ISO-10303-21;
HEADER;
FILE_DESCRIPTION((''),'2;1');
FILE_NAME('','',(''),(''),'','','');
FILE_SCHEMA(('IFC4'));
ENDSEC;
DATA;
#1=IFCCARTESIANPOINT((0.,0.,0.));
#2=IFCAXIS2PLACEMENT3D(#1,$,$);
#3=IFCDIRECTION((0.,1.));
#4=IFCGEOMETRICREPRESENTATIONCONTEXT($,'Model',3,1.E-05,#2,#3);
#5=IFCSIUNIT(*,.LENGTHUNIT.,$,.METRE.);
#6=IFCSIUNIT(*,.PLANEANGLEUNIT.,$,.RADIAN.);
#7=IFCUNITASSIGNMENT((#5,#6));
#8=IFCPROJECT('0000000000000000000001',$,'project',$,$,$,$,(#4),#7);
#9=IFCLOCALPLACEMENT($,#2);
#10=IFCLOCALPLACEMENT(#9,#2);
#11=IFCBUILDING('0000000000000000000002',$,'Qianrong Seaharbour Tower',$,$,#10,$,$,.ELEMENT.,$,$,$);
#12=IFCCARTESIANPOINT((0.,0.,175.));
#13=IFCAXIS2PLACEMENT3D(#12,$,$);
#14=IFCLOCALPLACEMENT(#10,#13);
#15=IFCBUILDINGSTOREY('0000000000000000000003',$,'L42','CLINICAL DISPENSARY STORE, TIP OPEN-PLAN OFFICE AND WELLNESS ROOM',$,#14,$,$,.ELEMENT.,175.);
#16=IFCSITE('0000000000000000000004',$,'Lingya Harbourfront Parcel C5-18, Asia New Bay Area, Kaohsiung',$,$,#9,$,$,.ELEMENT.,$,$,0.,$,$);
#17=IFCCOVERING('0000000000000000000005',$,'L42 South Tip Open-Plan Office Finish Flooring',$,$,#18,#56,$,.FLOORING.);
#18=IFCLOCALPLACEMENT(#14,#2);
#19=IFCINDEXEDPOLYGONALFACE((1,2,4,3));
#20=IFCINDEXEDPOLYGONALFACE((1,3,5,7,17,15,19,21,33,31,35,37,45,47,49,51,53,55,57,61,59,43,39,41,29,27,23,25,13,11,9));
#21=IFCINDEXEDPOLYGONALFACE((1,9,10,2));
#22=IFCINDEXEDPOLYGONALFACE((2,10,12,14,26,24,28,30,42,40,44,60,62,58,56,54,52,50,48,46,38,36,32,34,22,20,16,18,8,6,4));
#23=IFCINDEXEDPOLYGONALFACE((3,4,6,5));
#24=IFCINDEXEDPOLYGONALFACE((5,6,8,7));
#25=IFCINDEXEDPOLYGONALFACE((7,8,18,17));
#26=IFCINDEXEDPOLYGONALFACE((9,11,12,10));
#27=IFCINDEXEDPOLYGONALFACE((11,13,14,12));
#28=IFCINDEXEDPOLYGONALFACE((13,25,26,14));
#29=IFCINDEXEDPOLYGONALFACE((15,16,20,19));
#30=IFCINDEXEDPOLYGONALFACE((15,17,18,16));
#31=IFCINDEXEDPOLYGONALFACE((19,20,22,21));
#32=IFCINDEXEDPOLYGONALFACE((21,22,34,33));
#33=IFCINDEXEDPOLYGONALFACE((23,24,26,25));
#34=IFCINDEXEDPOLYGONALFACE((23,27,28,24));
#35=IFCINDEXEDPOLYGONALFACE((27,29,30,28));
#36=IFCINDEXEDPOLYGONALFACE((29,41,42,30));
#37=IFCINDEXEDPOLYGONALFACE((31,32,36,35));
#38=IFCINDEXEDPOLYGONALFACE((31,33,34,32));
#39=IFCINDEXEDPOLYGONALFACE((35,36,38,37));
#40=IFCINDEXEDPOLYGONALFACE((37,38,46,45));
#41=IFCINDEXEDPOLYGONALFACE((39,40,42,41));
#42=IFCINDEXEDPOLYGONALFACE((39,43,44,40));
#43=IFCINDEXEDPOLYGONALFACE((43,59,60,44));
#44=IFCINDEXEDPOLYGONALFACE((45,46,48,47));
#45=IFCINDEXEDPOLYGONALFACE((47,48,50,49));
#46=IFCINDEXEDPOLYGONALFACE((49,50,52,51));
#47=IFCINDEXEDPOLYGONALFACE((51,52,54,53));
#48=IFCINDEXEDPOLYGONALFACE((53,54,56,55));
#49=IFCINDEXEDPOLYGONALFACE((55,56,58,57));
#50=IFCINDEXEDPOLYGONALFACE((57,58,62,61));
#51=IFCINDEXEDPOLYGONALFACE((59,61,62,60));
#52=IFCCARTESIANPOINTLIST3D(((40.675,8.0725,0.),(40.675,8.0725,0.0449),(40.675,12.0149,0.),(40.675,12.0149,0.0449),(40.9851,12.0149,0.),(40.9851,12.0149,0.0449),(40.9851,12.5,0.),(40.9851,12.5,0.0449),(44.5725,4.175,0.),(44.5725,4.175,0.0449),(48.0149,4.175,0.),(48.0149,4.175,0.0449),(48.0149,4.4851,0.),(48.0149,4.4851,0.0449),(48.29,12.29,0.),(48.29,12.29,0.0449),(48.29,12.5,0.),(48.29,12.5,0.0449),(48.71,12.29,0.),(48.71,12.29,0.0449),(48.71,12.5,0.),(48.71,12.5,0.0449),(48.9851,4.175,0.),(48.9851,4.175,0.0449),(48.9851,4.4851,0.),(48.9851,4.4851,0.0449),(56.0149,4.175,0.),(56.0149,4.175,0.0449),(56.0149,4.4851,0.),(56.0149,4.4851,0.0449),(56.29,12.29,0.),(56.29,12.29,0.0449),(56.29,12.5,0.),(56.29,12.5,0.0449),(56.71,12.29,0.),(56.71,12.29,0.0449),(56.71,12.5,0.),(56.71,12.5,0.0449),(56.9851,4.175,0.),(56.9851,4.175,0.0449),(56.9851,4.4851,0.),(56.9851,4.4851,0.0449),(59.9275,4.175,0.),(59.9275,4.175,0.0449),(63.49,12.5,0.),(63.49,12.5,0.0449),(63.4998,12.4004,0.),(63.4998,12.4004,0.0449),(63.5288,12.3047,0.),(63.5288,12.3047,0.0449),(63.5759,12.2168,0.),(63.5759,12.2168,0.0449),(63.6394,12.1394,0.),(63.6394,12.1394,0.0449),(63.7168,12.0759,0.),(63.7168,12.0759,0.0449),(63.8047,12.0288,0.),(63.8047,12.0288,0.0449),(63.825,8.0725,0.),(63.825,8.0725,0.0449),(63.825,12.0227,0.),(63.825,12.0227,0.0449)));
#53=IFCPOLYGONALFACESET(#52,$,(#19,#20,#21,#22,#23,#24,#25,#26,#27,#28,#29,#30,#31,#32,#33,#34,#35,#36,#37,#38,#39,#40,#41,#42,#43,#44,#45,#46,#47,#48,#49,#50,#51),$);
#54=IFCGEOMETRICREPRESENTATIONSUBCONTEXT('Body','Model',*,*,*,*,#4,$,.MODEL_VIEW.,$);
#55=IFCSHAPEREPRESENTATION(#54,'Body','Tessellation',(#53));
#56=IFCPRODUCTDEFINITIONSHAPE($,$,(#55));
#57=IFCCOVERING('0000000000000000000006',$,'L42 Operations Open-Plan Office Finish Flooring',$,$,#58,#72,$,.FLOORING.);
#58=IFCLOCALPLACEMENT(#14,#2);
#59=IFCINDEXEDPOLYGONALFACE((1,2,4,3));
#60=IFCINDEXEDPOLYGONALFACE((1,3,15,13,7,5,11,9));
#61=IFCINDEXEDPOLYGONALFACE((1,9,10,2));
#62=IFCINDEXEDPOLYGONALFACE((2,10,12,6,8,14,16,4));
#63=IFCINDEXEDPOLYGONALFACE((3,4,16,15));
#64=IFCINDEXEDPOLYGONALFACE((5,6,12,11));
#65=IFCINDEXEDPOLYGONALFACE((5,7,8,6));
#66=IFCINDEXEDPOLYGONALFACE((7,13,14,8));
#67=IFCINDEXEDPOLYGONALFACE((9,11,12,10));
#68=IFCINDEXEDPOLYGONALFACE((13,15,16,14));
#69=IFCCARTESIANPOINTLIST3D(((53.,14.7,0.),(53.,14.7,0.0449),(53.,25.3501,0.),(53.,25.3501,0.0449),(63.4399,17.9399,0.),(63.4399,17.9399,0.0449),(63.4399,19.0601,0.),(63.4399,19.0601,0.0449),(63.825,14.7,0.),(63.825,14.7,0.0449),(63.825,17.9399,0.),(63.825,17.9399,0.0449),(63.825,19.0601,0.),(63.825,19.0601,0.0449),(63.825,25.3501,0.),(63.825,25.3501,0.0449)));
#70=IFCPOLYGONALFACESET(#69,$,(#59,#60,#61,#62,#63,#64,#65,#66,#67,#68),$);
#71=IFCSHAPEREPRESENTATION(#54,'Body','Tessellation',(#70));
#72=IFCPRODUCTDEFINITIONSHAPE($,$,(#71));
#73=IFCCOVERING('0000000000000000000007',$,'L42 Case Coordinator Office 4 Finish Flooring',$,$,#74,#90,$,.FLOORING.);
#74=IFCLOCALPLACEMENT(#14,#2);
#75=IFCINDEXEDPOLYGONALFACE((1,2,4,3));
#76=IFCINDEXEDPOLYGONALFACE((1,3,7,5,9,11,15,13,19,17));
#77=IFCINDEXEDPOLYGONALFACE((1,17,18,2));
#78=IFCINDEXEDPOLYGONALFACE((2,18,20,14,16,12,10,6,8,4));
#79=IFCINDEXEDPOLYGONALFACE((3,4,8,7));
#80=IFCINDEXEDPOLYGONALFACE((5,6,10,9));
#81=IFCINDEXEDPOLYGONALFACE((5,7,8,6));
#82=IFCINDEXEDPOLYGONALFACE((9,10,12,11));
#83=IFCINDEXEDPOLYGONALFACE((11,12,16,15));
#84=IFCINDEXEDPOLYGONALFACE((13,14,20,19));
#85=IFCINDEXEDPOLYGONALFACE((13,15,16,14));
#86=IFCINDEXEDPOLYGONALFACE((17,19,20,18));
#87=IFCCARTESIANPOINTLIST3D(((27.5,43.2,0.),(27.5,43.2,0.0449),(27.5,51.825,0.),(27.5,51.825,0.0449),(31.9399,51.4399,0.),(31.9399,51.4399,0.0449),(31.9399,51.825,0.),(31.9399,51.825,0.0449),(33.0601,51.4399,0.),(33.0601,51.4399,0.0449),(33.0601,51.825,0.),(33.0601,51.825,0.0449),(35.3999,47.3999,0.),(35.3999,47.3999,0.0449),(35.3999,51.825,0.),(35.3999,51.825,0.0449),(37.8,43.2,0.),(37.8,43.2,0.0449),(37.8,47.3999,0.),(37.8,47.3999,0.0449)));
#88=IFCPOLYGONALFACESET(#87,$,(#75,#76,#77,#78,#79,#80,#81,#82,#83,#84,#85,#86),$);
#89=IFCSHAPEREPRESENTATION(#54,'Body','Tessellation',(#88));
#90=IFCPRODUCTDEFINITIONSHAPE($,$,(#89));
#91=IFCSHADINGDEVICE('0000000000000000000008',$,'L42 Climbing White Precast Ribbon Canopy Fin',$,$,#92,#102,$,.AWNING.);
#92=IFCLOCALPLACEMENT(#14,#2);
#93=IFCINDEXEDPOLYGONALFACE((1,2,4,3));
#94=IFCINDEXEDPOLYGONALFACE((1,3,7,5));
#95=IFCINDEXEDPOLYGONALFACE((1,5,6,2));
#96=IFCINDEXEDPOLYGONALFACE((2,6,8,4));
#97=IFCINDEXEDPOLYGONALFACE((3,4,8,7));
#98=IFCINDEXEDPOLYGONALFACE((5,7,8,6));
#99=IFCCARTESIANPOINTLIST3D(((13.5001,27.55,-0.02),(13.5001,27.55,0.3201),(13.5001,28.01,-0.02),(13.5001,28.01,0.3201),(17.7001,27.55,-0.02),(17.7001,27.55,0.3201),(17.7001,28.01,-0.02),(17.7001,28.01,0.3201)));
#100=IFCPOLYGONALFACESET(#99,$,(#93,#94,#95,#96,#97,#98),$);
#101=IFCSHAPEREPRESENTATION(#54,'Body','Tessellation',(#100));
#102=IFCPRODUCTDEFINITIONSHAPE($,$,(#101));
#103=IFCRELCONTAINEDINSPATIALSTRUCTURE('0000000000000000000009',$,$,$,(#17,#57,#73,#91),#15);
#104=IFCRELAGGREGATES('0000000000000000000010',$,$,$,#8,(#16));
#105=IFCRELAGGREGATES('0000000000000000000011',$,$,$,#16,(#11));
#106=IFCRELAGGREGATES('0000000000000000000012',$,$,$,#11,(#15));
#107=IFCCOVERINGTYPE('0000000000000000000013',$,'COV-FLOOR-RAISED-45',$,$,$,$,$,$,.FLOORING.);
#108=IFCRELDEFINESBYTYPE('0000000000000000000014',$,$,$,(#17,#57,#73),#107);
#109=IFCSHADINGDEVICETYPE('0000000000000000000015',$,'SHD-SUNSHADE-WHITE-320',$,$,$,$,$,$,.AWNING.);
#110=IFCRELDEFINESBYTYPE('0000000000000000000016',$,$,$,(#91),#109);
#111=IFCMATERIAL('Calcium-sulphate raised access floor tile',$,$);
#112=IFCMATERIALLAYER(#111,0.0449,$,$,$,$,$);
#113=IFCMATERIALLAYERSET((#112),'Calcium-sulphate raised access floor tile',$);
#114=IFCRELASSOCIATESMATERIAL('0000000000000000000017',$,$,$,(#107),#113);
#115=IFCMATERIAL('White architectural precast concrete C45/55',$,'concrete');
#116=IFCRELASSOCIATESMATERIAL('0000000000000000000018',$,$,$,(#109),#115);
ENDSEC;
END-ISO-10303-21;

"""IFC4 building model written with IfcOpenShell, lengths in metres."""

from ifc_helpers import new_model, si_unit, direction, frame, origin, origin_2d, place, context, subcontext, project, spatial, polyline, rectangle, outline, extrude, material, layer, layer_set, type_object, element, save


model = new_model("IFC4")

# Units and contexts
model_context = context("Model", 3, precision=1e-05, world=origin(), true_north=direction((0.0, 1.0)))
body_context = subcontext(model_context, "Body", "Model", "MODEL_VIEW")
ifc_project = project(units=[si_unit("LENGTHUNIT", "METRE"), si_unit("PLANEANGLEUNIT", "RADIAN")], contexts=[model_context])

# Site, building, storey
site_placement = place(None, origin())
site = spatial("IfcSite", under=ifc_project, at=site_placement, Name="Lingya Harbourfront Parcel C5-18, Asia New Bay Area, Kaohsiung", CompositionType="ELEMENT", RefElevation=0.0)
building_placement = place(site_placement, origin())
building = spatial("IfcBuilding", under=site, at=building_placement, Name="Qianrong Seaharbour Tower", CompositionType="ELEMENT")
storey_placement = place(building_placement, frame((0.0, 0.0, 175.0)))
storey = spatial("IfcBuildingStorey", under=building, at=storey_placement, Name="L42", Description="CLINICAL DISPENSARY STORE, TIP OPEN-PLAN OFFICE AND WELLNESS ROOM", CompositionType="ELEMENT", Elevation=175.0)

# Coverings
ifc_material_1 = material(Name="Calcium-sulphate raised access floor tile")
ifc_layer_1 = layer(ifc_material_1, 0.0449)
ifc_layer_set_1 = layer_set([ifc_layer_1], Name="Calcium-sulphate raised access floor tile")
covering_type_1 = type_object("IfcCoveringType", Name="COV-FLOOR-RAISED-45", PredefinedType="FLOORING", material=ifc_layer_set_1)
covering_1_placement = place(storey_placement, origin())
element("IfcCovering", 1, at=covering_1_placement, inside=storey, type_object=covering_type_1, Name="L42 South Tip Open-Plan Office Finish Flooring", PredefinedType="FLOORING", context=body_context, shape_type="SweptSolid", body=[
    extrude(outline(polyline([(59.9275, 4.175), (56.9851, 4.175), (56.9851, 4.4851), (56.0149, 4.4851), (56.0149, 4.175), (48.9851, 4.175), (48.9851, 4.4851), (48.0149, 4.4851), (48.0149, 4.175), (44.5725, 4.175), (40.675, 8.0725), (40.675, 12.0149), (40.9851, 12.0149), (40.9851, 12.5), (48.29, 12.5), (48.29, 12.29), (48.71, 12.29), (48.71, 12.5), (56.29, 12.5), (56.29, 12.29), (56.71, 12.29), (56.71, 12.5), (63.49, 12.5), (63.4998, 12.4004), (63.5288, 12.3047), (63.5759, 12.2168), (63.6394, 12.1394), (63.7168, 12.0759), (63.8047, 12.0288), (63.825, 12.0227), (63.825, 8.0725), (59.9275, 4.175)])), origin(), (0.0, 0.0, 1.0), 0.0449),
])
covering_2_placement = place(storey_placement, origin())
element("IfcCovering", 2, at=covering_2_placement, inside=storey, type_object=covering_type_1, Name="L42 Operations Open-Plan Office Finish Flooring", PredefinedType="FLOORING", context=body_context, shape_type="SweptSolid", body=[
    extrude(outline(polyline([(63.825, 25.3501), (63.825, 19.0601), (63.4399, 19.0601), (63.4399, 17.9399), (63.825, 17.9399), (63.825, 14.7), (53.0, 14.7), (53.0, 25.3501), (63.825, 25.3501)])), origin(), (0.0, 0.0, 1.0), 0.0449),
])
covering_3_placement = place(storey_placement, origin())
element("IfcCovering", 3, at=covering_3_placement, inside=storey, type_object=covering_type_1, Name="L42 Case Coordinator Office 4 Finish Flooring", PredefinedType="FLOORING", context=body_context, shape_type="SweptSolid", body=[
    extrude(outline(polyline([(27.5, 51.825), (31.9399, 51.825), (31.9399, 51.4399), (33.0601, 51.4399), (33.0601, 51.825), (35.3999, 51.825), (35.3999, 47.3999), (37.8, 47.3999), (37.8, 43.2), (27.5, 43.2), (27.5, 51.825)])), origin(), (0.0, 0.0, 1.0), 0.0449),
])

# Shading device
ifc_material_2 = material(Name="White architectural precast concrete C45/55", Category="concrete")
shading_device_type = type_object("IfcShadingDeviceType", Name="SHD-SUNSHADE-WHITE-320", PredefinedType="AWNING", material=ifc_material_2)
shading_device_placement = place(storey_placement, frame((15.6001, 27.78, -0.02), z_axis=(0.0, 0.0, 1.0), x_axis=(1.0, 0.0, 0.0)))
element("IfcShadingDevice", 4, at=shading_device_placement, inside=storey, type_object=shading_device_type, Name="L42 Climbing White Precast Ribbon Canopy Fin", PredefinedType="AWNING", context=body_context, shape_type="SweptSolid", body=[
    extrude(rectangle(XDim=4.2, YDim=0.46, at=origin_2d()), origin(), (0.0, 0.0, 1.0), 0.3401),
])

save(model, "model.ifc")
